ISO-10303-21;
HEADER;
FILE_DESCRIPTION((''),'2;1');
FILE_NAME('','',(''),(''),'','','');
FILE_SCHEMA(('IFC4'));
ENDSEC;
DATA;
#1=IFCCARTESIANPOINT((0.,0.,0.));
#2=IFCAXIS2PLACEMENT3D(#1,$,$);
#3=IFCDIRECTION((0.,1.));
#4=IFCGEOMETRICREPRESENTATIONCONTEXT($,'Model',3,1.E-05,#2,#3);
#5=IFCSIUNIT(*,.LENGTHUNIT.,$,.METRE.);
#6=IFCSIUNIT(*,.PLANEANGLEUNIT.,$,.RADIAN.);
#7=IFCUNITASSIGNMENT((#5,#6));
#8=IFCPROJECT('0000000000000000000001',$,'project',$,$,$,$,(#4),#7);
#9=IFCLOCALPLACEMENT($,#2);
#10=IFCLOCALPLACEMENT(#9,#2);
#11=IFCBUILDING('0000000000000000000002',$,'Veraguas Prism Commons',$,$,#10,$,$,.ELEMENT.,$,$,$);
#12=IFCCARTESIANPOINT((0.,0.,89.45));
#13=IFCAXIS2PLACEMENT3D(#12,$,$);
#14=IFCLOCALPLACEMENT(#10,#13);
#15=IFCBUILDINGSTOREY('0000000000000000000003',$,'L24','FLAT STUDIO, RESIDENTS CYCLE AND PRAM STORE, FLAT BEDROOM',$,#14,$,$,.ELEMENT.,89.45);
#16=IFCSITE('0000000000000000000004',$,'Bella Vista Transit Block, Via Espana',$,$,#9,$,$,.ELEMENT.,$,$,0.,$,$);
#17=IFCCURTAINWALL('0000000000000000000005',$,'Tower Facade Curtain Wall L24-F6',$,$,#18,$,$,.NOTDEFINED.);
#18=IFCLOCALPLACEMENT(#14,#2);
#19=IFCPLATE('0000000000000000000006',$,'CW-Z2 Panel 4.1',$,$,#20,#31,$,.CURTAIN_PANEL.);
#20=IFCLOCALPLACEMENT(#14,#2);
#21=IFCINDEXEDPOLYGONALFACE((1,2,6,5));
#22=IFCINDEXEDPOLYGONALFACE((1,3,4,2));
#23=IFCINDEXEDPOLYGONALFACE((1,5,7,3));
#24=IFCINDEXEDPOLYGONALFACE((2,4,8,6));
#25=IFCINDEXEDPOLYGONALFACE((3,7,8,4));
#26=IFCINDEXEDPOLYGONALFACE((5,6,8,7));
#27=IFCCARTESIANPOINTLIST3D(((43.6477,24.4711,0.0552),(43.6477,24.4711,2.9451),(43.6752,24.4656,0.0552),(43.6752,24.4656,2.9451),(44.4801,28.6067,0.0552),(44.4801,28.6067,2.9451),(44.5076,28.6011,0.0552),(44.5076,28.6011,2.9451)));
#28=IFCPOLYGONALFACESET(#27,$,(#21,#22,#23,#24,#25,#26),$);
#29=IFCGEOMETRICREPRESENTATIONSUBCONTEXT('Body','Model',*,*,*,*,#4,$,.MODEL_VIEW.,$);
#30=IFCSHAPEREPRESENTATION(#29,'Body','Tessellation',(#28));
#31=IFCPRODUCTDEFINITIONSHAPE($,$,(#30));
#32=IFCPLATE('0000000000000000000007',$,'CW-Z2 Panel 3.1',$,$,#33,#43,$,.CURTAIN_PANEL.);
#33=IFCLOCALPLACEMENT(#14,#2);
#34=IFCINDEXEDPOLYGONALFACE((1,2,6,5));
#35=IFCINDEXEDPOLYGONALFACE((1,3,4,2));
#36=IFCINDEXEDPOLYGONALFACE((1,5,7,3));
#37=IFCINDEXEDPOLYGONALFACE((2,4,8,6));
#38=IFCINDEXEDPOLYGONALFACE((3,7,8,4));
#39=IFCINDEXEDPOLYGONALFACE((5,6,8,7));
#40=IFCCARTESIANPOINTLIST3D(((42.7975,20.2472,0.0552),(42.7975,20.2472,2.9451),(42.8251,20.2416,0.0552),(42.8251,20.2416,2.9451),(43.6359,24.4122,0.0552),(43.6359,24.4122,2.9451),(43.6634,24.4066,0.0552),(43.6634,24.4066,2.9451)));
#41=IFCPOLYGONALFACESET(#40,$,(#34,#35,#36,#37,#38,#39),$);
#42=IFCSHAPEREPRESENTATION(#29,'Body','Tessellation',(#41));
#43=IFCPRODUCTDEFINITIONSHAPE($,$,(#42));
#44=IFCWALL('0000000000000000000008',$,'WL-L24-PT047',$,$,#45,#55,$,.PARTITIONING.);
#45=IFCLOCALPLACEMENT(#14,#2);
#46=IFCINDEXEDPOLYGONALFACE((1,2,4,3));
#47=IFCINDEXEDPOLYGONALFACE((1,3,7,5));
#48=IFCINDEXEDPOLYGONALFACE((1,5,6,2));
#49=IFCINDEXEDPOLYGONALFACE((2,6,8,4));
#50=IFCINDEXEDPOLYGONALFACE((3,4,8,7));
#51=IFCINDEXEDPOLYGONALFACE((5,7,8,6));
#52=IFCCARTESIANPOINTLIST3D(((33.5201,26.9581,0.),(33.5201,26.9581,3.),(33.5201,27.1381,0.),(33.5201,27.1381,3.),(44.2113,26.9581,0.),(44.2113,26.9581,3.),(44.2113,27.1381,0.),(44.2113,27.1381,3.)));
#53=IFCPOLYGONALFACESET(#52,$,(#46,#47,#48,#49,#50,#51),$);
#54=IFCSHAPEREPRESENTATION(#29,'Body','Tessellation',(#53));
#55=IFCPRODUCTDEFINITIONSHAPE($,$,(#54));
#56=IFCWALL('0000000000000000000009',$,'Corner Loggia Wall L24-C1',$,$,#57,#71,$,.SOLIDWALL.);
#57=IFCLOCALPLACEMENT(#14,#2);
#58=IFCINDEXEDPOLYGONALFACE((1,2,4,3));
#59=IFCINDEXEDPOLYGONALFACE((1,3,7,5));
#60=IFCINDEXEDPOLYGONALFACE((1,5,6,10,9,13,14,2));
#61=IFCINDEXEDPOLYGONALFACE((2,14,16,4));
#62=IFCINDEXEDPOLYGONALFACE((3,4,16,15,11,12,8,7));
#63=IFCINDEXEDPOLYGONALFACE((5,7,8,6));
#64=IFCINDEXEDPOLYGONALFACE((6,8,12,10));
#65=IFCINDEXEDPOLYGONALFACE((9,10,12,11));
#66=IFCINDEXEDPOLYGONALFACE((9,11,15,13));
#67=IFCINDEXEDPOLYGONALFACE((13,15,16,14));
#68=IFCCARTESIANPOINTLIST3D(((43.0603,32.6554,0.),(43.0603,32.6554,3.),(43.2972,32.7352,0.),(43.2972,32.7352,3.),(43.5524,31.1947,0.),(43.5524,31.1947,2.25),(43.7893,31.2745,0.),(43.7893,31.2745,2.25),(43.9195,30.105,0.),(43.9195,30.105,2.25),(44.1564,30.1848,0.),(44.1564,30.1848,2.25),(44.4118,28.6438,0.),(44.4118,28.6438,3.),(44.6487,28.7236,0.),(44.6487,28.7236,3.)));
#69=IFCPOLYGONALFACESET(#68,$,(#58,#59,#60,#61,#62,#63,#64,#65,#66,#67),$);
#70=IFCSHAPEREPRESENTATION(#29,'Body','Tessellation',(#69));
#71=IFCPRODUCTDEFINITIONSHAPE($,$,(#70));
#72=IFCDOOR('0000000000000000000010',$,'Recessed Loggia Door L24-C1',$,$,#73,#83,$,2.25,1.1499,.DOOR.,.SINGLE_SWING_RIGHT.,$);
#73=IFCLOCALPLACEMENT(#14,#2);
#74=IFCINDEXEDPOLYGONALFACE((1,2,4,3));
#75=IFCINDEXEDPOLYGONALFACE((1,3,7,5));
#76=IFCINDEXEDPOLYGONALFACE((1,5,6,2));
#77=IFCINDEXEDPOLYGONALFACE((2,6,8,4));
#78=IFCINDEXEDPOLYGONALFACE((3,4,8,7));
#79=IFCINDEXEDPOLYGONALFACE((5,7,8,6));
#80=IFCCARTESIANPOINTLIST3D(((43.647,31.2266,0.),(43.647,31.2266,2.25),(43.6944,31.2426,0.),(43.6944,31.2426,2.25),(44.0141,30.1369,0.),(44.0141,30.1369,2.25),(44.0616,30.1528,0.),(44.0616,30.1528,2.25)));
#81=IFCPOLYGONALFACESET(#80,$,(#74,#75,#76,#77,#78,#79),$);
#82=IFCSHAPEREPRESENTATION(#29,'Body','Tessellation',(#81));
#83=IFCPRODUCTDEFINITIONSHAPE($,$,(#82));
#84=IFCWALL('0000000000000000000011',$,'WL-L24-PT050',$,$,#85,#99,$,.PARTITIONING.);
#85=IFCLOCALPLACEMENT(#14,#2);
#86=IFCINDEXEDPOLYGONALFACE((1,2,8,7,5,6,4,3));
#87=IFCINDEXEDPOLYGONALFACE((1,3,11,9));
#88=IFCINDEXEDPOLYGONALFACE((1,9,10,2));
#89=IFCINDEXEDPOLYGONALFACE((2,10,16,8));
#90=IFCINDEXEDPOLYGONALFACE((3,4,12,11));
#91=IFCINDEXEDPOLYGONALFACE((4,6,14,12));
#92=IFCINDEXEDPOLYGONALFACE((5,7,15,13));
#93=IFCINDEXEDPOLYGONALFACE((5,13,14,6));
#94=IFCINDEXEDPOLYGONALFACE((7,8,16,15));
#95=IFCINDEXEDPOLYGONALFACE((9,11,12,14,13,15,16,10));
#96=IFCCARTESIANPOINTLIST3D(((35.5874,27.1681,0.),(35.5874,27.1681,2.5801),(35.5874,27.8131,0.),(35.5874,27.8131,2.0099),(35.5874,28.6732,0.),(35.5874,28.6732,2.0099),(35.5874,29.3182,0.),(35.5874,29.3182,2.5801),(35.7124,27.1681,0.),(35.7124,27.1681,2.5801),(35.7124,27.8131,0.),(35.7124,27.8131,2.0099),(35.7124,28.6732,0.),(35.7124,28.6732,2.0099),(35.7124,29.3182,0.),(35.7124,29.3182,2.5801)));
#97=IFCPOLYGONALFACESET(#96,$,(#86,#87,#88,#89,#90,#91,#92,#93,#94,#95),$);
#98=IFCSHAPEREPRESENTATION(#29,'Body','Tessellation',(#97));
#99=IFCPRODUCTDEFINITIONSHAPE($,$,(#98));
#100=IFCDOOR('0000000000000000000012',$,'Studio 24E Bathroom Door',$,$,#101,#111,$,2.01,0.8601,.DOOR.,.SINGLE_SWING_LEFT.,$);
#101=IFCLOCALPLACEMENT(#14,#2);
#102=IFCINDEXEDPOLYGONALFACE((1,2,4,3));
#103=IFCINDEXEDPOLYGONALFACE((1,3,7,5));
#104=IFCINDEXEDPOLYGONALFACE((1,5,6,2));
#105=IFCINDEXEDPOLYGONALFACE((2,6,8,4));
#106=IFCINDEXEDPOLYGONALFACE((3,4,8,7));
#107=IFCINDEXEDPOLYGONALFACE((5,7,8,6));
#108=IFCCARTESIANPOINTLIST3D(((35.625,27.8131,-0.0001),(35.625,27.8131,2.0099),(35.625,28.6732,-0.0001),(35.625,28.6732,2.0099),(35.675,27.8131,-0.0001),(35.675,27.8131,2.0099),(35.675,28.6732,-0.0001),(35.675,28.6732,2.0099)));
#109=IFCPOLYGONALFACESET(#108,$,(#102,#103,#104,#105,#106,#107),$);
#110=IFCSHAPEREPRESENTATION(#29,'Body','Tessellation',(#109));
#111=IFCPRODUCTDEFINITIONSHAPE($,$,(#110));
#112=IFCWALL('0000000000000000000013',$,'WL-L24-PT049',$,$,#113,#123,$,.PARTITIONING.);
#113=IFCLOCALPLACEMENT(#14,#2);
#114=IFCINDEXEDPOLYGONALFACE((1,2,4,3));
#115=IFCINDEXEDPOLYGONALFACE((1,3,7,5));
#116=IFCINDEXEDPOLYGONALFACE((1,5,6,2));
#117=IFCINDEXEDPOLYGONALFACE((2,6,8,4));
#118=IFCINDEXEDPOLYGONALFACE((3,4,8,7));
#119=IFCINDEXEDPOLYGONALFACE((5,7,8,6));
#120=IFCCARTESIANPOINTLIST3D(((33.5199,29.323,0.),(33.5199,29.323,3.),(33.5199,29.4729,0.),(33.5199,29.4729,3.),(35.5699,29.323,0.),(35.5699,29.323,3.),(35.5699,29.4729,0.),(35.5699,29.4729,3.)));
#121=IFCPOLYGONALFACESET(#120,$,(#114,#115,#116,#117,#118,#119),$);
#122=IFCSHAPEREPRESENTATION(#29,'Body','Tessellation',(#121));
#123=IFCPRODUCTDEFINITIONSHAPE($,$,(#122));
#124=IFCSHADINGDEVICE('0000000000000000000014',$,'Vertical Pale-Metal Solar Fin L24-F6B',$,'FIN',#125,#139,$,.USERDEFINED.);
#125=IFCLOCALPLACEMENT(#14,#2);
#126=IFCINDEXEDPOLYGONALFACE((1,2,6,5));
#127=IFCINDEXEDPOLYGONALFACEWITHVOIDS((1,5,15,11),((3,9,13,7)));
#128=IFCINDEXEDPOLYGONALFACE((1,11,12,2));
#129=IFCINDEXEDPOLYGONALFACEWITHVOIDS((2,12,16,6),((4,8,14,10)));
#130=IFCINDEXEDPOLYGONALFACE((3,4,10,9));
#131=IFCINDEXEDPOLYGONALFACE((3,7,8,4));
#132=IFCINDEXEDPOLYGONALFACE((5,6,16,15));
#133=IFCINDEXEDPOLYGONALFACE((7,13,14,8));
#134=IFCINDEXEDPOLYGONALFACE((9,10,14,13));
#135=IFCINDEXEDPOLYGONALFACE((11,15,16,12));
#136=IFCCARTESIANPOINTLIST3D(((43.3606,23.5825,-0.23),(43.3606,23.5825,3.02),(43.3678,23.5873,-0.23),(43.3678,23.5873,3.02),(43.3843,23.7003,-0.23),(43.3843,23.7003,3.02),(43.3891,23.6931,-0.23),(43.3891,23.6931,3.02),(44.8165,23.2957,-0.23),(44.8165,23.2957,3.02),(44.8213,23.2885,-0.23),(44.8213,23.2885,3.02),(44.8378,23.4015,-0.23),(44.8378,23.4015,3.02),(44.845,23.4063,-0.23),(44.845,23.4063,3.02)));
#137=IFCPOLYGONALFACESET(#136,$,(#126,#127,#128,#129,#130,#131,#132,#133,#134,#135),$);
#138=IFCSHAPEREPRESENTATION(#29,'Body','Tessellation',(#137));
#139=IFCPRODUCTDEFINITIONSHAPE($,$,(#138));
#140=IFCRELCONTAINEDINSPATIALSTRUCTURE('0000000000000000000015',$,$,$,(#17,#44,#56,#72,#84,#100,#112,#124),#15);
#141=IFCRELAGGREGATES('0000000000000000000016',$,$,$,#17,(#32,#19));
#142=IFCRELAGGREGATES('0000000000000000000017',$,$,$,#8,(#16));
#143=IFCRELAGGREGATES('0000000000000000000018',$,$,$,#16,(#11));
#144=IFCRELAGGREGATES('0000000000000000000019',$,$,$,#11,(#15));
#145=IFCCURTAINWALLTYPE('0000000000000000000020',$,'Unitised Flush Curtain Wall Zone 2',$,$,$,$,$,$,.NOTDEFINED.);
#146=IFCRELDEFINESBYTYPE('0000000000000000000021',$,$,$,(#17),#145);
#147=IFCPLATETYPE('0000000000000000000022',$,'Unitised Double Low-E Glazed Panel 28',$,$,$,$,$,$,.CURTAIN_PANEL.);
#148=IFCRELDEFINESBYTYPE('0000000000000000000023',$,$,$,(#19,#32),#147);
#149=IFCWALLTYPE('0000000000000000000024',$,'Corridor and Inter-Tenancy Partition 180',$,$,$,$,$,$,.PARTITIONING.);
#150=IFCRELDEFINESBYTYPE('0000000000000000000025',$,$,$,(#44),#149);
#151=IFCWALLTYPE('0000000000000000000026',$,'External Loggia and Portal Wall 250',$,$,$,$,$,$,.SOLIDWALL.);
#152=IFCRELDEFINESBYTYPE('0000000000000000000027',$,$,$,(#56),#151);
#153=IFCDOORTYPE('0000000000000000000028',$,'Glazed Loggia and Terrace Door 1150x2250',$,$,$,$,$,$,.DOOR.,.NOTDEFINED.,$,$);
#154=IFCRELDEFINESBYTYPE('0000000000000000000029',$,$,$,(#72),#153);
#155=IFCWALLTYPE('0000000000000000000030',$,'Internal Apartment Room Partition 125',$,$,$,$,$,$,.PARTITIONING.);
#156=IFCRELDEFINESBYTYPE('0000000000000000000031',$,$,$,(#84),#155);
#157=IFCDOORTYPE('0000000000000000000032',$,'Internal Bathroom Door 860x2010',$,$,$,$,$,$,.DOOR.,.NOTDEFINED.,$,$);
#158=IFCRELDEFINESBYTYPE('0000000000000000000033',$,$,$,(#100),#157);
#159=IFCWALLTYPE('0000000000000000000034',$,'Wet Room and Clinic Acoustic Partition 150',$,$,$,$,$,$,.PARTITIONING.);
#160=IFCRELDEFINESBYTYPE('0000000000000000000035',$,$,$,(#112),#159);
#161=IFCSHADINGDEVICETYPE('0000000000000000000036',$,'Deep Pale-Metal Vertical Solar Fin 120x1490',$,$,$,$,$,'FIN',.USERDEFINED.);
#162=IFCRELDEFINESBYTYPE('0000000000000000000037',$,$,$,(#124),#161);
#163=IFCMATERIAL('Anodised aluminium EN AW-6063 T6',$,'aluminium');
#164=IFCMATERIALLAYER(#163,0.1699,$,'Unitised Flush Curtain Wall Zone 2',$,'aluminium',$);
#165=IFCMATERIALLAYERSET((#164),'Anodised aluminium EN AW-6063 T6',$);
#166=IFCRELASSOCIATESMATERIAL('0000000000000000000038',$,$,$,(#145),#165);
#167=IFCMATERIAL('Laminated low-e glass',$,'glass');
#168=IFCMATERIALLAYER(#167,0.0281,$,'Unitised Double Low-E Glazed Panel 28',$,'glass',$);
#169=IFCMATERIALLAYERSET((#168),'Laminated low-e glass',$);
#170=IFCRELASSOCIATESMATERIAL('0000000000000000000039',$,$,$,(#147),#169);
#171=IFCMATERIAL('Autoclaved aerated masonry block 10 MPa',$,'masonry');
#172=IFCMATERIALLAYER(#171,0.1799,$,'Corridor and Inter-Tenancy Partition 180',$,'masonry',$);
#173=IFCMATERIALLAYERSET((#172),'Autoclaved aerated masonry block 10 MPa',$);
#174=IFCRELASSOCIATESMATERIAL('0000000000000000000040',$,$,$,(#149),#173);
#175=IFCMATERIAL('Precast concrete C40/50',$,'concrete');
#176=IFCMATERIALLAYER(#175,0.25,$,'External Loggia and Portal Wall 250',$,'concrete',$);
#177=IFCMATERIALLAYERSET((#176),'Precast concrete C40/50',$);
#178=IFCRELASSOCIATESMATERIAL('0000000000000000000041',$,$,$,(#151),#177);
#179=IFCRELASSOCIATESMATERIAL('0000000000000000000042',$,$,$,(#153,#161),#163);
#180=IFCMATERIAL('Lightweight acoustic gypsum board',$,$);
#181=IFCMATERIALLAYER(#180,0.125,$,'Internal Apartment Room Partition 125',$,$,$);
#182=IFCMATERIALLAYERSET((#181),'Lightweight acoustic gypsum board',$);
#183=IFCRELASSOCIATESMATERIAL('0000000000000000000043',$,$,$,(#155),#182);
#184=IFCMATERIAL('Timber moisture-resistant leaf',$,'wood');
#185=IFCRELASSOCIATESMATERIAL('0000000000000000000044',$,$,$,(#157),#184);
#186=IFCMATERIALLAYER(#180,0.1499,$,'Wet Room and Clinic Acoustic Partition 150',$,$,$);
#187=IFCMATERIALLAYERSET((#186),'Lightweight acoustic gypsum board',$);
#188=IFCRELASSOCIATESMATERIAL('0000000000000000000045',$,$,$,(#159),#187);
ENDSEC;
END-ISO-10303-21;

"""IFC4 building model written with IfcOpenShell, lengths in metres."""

from ifc_helpers import new_model, si_unit, direction, frame, frame_2d, origin, origin_2d, place, context, subcontext, project, spatial, rectangle, hollow_rectangle, extrude, source, transform, mapped, material, layer, layer_set, material_profile, profile_set, type_object, element, fill, aggregate, save


model = new_model("IFC4")

# Units and contexts
model_context = context("Model", 3, precision=1e-05, world=origin(), true_north=direction((0.0, 1.0)))
body_context = subcontext(model_context, "Body", "Model", "MODEL_VIEW")
ifc_project = project(units=[si_unit("LENGTHUNIT", "METRE"), si_unit("PLANEANGLEUNIT", "RADIAN")], contexts=[model_context])

# Site, building, storey
site_placement = place(None, origin())
site = spatial("IfcSite", under=ifc_project, at=site_placement, Name="Bella Vista Transit Block, Via Espana", CompositionType="ELEMENT", RefElevation=0.0)
building_placement = place(site_placement, origin())
building = spatial("IfcBuilding", under=site, at=building_placement, Name="Veraguas Prism Commons", CompositionType="ELEMENT")
storey_placement = place(building_placement, frame((0.0, 0.0, 89.45)))
storey = spatial("IfcBuildingStorey", under=building, at=storey_placement, Name="L24", Description="FLAT STUDIO, RESIDENTS CYCLE AND PRAM STORE, FLAT BEDROOM", CompositionType="ELEMENT", Elevation=89.45)

# Shared definitions
ifc_material_1 = material(Name="Anodised aluminium EN AW-6063 T6", Category="aluminium")
ifc_layer_1 = layer(ifc_material_1, 0.1699, Name="Unitised Flush Curtain Wall Zone 2", Category="aluminium")
ifc_layer_set_1 = layer_set([ifc_layer_1], Name="Anodised aluminium EN AW-6063 T6")
curtain_wall_type = type_object("IfcCurtainWallType", Name="Unitised Flush Curtain Wall Zone 2", PredefinedType="NOTDEFINED", material=ifc_layer_set_1)

# Curtain wall, plates
curtain_wall_1_placement = place(storey_placement, origin())
curtain_wall_1 = element("IfcCurtainWall", 1, at=curtain_wall_1_placement, inside=storey, type_object=curtain_wall_type, Name="Tower Facade Curtain Wall L24-F6", PredefinedType="NOTDEFINED")
ifc_material_2 = material(Name="Laminated low-e glass", Category="glass")
ifc_layer_2 = layer(ifc_material_2, 0.0281, Name="Unitised Double Low-E Glazed Panel 28", Category="glass")
ifc_layer_set_2 = layer_set([ifc_layer_2], Name="Laminated low-e glass")
plate_type = type_object("IfcPlateType", Name="Unitised Double Low-E Glazed Panel 28", PredefinedType="CURTAIN_PANEL", material=ifc_layer_set_2)
shared_shape_1 = source(origin(), body_context, "Body", "SweptSolid", [
    extrude(rectangle(XDim=4.2185, YDim=0.0281, at=origin_2d()), origin(), (0.0, 0.0, 1.0), 2.8899),
])
plate_1_placement = place(storey_placement, frame((44.0776, 26.5361, 0.0552), z_axis=(0.0, 0.0, 1.0), x_axis=(0.19732, 0.980339, 0.0)))
plate_1 = element("IfcPlate", 2, at=plate_1_placement, type_object=plate_type, Name="CW-Z2 Panel 4.1", PredefinedType="CURTAIN_PANEL", context=body_context, shape_type="MappedRepresentation", body=[
    mapped(shared_shape_1, transform((0.0, 0.0, 0.0), scale=1.0)),
])
shared_shape_2 = source(origin(), body_context, "Body", "SweptSolid", [
    extrude(rectangle(XDim=4.2485, YDim=0.0281, at=origin_2d()), origin(), (0.0, 0.0, 1.0), 2.8899),
])
plate_2_placement = place(storey_placement, frame((43.2305, 22.3269, 0.0552), z_axis=(0.0, 0.0, 1.0), x_axis=(0.19732, 0.980339, 0.0)))
plate_2 = element("IfcPlate", 3, at=plate_2_placement, type_object=plate_type, Name="CW-Z2 Panel 3.1", PredefinedType="CURTAIN_PANEL", context=body_context, shape_type="MappedRepresentation", body=[
    mapped(shared_shape_2, transform((0.0, 0.0, 0.0), scale=1.0)),
])
aggregate(curtain_wall_1, [plate_2, plate_1])

# Wall
ifc_material_3 = material(Name="Autoclaved aerated masonry block 10 MPa", Category="masonry")
ifc_layer_3 = layer(ifc_material_3, 0.1799, Name="Corridor and Inter-Tenancy Partition 180", Category="masonry")
ifc_layer_set_3 = layer_set([ifc_layer_3], Name="Autoclaved aerated masonry block 10 MPa")
wall_type_1 = type_object("IfcWallType", Name="Corridor and Inter-Tenancy Partition 180", PredefinedType="PARTITIONING", material=ifc_layer_set_3)
wall_1_placement = place(storey_placement, frame((33.52, 27.0481, 0.0), z_axis=(0.0, 0.0, 1.0), x_axis=(1.0, 0.0, 0.0)))
element("IfcWall", 4, at=wall_1_placement, inside=storey, type_object=wall_type_1, Name="WL-L24-PT047", PredefinedType="PARTITIONING", context=body_context, shape_type="SweptSolid", body=[
    extrude(rectangle(XDim=10.6912, YDim=0.1799, at=frame_2d((5.3457, 0.0))), origin(), (0.0, 0.0, 1.0), 3.0),
])

# Walls, openings, doors
ifc_material_4 = material(Name="Precast concrete C40/50", Category="concrete")
ifc_layer_4 = layer(ifc_material_4, 0.25, Name="External Loggia and Portal Wall 250", Category="concrete")
ifc_layer_set_4 = layer_set([ifc_layer_4], Name="Precast concrete C40/50")
wall_type_2 = type_object("IfcWallType", Name="External Loggia and Portal Wall 250", PredefinedType="SOLIDWALL", material=ifc_layer_set_4)
wall_2_placement = place(storey_placement, frame((44.5303, 28.6836, 0.0), z_axis=(0.0, 0.0, 1.0), x_axis=(-0.319271, 0.947663, 0.0)))
wall_2 = element("IfcWall", 5, at=wall_2_placement, inside=storey, type_object=wall_type_2, Name="Corner Loggia Wall L24-C1", PredefinedType="SOLIDWALL", context=body_context, shape_type="SweptSolid", body=[
    extrude(rectangle(XDim=4.2332, YDim=0.25, at=frame_2d((2.1167, 0.0))), origin(), (0.0, 0.0, 1.0), 3.0),
])
opening_1_placement = place(wall_2_placement, frame((1.542, 0.0, 0.0)))
opening_1 = element("IfcOpeningElement", 6, at=opening_1_placement, cuts=wall_2, PredefinedType="OPENING", context=body_context, shape_type="SweptSolid", body=[
    extrude(rectangle(XDim=1.1499, YDim=2.25, at=frame_2d((0.575, 1.125))), frame((0.0, 0.135, 0.0), z_axis=(0.0, -1.0, 0.0), x_axis=(1.0, 0.0, 0.0)), (0.0, 0.0, 1.0), 0.27),
])
door_type_1 = type_object("IfcDoorType", Name="Glazed Loggia and Terrace Door 1150x2250", OperationType="NOTDEFINED", PredefinedType="DOOR", material=ifc_material_1)
shared_shape_3 = source(origin(), body_context, "Body", "SweptSolid", [
    extrude(rectangle(XDim=1.1499, YDim=2.25, at=frame_2d((0.575, 1.125))), frame((0.0, 0.0249, 0.0), z_axis=(0.0, -1.0, 0.0), x_axis=(1.0, 0.0, 0.0)), (0.0, 0.0, 1.0), 0.05),
])
door_1_placement = place(opening_1_placement, frame((1.1499, 0.0, 0.0), z_axis=(0.0, 0.0, 1.0), x_axis=(-1.0, 0.0, 0.0)))
door_1 = element("IfcDoor", 7, at=door_1_placement, inside=storey, type_object=door_type_1, Name="Recessed Loggia Door L24-C1", OperationType="SINGLE_SWING_RIGHT", OverallHeight=2.25, OverallWidth=1.1499, PredefinedType="DOOR", context=body_context, shape_type="MappedRepresentation", body=[
    mapped(shared_shape_3, transform((0.0, 0.0, 0.0), scale=1.0)),
])
fill(opening_1, door_1)
ifc_material_5 = material(Name="Lightweight acoustic gypsum board")
ifc_layer_5 = layer(ifc_material_5, 0.125, Name="Internal Apartment Room Partition 125")
ifc_layer_set_5 = layer_set([ifc_layer_5], Name="Lightweight acoustic gypsum board")
wall_type_3 = type_object("IfcWallType", Name="Internal Apartment Room Partition 125", PredefinedType="PARTITIONING", material=ifc_layer_set_5)
wall_3_placement = place(storey_placement, frame((35.6499, 27.168, 0.0), z_axis=(0.0, 0.0, 1.0), x_axis=(0.0, 1.0, 0.0)))
wall_3 = element("IfcWall", 8, at=wall_3_placement, inside=storey, type_object=wall_type_3, Name="WL-L24-PT050", PredefinedType="PARTITIONING", context=body_context, shape_type="SweptSolid", body=[
    extrude(rectangle(XDim=2.1501, YDim=0.125, at=frame_2d((1.0752, 0.0))), origin(), (0.0, 0.0, 1.0), 2.5801),
])
opening_2_placement = place(wall_3_placement, frame((0.645, 0.0, 0.0)))
opening_2 = element("IfcOpeningElement", 9, at=opening_2_placement, cuts=wall_3, PredefinedType="OPENING", context=body_context, shape_type="SweptSolid", body=[
    extrude(rectangle(XDim=0.8601, YDim=2.01, at=frame_2d((0.4302, 1.0049))), frame((0.0, 0.0725, 0.0), z_axis=(0.0, -1.0, 0.0), x_axis=(1.0, 0.0, 0.0)), (0.0, 0.0, 1.0), 0.145),
])
ifc_material_6 = material(Name="Timber moisture-resistant leaf", Category="wood")
door_type_2 = type_object("IfcDoorType", Name="Internal Bathroom Door 860x2010", OperationType="NOTDEFINED", PredefinedType="DOOR", material=ifc_material_6)
shared_shape_4 = source(origin(), body_context, "Body", "SweptSolid", [
    extrude(rectangle(XDim=0.8601, YDim=2.01, at=frame_2d((0.4302, 1.0049))), frame((0.0, 0.0249, 0.0), z_axis=(0.0, -1.0, 0.0), x_axis=(1.0, 0.0, 0.0)), (0.0, 0.0, 1.0), 0.05),
])
door_2_placement = place(opening_2_placement, origin())
door_2 = element("IfcDoor", 10, at=door_2_placement, inside=storey, type_object=door_type_2, Name="Studio 24E Bathroom Door", OperationType="SINGLE_SWING_LEFT", OverallHeight=2.01, OverallWidth=0.8601, PredefinedType="DOOR", context=body_context, shape_type="MappedRepresentation", body=[
    mapped(shared_shape_4, transform((0.0, 0.0, 0.0), scale=1.0)),
])
fill(opening_2, door_2)

# Wall
ifc_layer_6 = layer(ifc_material_5, 0.1499, Name="Wet Room and Clinic Acoustic Partition 150")
ifc_layer_set_6 = layer_set([ifc_layer_6], Name="Lightweight acoustic gypsum board")
wall_type_4 = type_object("IfcWallType", Name="Wet Room and Clinic Acoustic Partition 150", PredefinedType="PARTITIONING", material=ifc_layer_set_6)
wall_4_placement = place(storey_placement, frame((33.52, 29.3979, 0.0), z_axis=(0.0, 0.0, 1.0), x_axis=(1.0, 0.0, 0.0)))
element("IfcWall", 11, at=wall_4_placement, inside=storey, type_object=wall_type_4, Name="WL-L24-PT049", PredefinedType="PARTITIONING", context=body_context, shape_type="SweptSolid", body=[
    extrude(rectangle(XDim=2.05, YDim=0.1499, at=frame_2d((1.0249, 0.0))), origin(), (0.0, 0.0, 1.0), 3.0),
])

# Shading device
ifc_material_profile_1 = material_profile(ifc_material_1, hollow_rectangle(XDim=0.1201, YDim=1.49, WallThickness=0.0061, at=origin_2d()), Name="FIN120X1490X6")
ifc_profile_set_1 = profile_set([ifc_material_profile_1], Name="Anodised aluminium EN AW-6063 T6")
shading_device_type = type_object("IfcShadingDeviceType", Name="Deep Pale-Metal Vertical Solar Fin 120x1490", ElementType="FIN", PredefinedType="USERDEFINED", material=ifc_profile_set_1)
shading_device_placement = place(storey_placement, frame((44.1028, 23.4944, -0.23), z_axis=(0.0, 0.0, 1.0), x_axis=(0.197317, 0.98034, 0.0)))
element("IfcShadingDevice", 12, at=shading_device_placement, inside=storey, type_object=shading_device_type, Name="Vertical Pale-Metal Solar Fin L24-F6B", ObjectType="FIN", PredefinedType="USERDEFINED", context=body_context, shape_type="SweptSolid", body=[
    extrude(hollow_rectangle(XDim=0.1201, YDim=1.49, WallThickness=0.0061, at=origin_2d()), origin(), (0.0, 0.0, 1.0), 3.25),
])

save(model, "model.ifc")
